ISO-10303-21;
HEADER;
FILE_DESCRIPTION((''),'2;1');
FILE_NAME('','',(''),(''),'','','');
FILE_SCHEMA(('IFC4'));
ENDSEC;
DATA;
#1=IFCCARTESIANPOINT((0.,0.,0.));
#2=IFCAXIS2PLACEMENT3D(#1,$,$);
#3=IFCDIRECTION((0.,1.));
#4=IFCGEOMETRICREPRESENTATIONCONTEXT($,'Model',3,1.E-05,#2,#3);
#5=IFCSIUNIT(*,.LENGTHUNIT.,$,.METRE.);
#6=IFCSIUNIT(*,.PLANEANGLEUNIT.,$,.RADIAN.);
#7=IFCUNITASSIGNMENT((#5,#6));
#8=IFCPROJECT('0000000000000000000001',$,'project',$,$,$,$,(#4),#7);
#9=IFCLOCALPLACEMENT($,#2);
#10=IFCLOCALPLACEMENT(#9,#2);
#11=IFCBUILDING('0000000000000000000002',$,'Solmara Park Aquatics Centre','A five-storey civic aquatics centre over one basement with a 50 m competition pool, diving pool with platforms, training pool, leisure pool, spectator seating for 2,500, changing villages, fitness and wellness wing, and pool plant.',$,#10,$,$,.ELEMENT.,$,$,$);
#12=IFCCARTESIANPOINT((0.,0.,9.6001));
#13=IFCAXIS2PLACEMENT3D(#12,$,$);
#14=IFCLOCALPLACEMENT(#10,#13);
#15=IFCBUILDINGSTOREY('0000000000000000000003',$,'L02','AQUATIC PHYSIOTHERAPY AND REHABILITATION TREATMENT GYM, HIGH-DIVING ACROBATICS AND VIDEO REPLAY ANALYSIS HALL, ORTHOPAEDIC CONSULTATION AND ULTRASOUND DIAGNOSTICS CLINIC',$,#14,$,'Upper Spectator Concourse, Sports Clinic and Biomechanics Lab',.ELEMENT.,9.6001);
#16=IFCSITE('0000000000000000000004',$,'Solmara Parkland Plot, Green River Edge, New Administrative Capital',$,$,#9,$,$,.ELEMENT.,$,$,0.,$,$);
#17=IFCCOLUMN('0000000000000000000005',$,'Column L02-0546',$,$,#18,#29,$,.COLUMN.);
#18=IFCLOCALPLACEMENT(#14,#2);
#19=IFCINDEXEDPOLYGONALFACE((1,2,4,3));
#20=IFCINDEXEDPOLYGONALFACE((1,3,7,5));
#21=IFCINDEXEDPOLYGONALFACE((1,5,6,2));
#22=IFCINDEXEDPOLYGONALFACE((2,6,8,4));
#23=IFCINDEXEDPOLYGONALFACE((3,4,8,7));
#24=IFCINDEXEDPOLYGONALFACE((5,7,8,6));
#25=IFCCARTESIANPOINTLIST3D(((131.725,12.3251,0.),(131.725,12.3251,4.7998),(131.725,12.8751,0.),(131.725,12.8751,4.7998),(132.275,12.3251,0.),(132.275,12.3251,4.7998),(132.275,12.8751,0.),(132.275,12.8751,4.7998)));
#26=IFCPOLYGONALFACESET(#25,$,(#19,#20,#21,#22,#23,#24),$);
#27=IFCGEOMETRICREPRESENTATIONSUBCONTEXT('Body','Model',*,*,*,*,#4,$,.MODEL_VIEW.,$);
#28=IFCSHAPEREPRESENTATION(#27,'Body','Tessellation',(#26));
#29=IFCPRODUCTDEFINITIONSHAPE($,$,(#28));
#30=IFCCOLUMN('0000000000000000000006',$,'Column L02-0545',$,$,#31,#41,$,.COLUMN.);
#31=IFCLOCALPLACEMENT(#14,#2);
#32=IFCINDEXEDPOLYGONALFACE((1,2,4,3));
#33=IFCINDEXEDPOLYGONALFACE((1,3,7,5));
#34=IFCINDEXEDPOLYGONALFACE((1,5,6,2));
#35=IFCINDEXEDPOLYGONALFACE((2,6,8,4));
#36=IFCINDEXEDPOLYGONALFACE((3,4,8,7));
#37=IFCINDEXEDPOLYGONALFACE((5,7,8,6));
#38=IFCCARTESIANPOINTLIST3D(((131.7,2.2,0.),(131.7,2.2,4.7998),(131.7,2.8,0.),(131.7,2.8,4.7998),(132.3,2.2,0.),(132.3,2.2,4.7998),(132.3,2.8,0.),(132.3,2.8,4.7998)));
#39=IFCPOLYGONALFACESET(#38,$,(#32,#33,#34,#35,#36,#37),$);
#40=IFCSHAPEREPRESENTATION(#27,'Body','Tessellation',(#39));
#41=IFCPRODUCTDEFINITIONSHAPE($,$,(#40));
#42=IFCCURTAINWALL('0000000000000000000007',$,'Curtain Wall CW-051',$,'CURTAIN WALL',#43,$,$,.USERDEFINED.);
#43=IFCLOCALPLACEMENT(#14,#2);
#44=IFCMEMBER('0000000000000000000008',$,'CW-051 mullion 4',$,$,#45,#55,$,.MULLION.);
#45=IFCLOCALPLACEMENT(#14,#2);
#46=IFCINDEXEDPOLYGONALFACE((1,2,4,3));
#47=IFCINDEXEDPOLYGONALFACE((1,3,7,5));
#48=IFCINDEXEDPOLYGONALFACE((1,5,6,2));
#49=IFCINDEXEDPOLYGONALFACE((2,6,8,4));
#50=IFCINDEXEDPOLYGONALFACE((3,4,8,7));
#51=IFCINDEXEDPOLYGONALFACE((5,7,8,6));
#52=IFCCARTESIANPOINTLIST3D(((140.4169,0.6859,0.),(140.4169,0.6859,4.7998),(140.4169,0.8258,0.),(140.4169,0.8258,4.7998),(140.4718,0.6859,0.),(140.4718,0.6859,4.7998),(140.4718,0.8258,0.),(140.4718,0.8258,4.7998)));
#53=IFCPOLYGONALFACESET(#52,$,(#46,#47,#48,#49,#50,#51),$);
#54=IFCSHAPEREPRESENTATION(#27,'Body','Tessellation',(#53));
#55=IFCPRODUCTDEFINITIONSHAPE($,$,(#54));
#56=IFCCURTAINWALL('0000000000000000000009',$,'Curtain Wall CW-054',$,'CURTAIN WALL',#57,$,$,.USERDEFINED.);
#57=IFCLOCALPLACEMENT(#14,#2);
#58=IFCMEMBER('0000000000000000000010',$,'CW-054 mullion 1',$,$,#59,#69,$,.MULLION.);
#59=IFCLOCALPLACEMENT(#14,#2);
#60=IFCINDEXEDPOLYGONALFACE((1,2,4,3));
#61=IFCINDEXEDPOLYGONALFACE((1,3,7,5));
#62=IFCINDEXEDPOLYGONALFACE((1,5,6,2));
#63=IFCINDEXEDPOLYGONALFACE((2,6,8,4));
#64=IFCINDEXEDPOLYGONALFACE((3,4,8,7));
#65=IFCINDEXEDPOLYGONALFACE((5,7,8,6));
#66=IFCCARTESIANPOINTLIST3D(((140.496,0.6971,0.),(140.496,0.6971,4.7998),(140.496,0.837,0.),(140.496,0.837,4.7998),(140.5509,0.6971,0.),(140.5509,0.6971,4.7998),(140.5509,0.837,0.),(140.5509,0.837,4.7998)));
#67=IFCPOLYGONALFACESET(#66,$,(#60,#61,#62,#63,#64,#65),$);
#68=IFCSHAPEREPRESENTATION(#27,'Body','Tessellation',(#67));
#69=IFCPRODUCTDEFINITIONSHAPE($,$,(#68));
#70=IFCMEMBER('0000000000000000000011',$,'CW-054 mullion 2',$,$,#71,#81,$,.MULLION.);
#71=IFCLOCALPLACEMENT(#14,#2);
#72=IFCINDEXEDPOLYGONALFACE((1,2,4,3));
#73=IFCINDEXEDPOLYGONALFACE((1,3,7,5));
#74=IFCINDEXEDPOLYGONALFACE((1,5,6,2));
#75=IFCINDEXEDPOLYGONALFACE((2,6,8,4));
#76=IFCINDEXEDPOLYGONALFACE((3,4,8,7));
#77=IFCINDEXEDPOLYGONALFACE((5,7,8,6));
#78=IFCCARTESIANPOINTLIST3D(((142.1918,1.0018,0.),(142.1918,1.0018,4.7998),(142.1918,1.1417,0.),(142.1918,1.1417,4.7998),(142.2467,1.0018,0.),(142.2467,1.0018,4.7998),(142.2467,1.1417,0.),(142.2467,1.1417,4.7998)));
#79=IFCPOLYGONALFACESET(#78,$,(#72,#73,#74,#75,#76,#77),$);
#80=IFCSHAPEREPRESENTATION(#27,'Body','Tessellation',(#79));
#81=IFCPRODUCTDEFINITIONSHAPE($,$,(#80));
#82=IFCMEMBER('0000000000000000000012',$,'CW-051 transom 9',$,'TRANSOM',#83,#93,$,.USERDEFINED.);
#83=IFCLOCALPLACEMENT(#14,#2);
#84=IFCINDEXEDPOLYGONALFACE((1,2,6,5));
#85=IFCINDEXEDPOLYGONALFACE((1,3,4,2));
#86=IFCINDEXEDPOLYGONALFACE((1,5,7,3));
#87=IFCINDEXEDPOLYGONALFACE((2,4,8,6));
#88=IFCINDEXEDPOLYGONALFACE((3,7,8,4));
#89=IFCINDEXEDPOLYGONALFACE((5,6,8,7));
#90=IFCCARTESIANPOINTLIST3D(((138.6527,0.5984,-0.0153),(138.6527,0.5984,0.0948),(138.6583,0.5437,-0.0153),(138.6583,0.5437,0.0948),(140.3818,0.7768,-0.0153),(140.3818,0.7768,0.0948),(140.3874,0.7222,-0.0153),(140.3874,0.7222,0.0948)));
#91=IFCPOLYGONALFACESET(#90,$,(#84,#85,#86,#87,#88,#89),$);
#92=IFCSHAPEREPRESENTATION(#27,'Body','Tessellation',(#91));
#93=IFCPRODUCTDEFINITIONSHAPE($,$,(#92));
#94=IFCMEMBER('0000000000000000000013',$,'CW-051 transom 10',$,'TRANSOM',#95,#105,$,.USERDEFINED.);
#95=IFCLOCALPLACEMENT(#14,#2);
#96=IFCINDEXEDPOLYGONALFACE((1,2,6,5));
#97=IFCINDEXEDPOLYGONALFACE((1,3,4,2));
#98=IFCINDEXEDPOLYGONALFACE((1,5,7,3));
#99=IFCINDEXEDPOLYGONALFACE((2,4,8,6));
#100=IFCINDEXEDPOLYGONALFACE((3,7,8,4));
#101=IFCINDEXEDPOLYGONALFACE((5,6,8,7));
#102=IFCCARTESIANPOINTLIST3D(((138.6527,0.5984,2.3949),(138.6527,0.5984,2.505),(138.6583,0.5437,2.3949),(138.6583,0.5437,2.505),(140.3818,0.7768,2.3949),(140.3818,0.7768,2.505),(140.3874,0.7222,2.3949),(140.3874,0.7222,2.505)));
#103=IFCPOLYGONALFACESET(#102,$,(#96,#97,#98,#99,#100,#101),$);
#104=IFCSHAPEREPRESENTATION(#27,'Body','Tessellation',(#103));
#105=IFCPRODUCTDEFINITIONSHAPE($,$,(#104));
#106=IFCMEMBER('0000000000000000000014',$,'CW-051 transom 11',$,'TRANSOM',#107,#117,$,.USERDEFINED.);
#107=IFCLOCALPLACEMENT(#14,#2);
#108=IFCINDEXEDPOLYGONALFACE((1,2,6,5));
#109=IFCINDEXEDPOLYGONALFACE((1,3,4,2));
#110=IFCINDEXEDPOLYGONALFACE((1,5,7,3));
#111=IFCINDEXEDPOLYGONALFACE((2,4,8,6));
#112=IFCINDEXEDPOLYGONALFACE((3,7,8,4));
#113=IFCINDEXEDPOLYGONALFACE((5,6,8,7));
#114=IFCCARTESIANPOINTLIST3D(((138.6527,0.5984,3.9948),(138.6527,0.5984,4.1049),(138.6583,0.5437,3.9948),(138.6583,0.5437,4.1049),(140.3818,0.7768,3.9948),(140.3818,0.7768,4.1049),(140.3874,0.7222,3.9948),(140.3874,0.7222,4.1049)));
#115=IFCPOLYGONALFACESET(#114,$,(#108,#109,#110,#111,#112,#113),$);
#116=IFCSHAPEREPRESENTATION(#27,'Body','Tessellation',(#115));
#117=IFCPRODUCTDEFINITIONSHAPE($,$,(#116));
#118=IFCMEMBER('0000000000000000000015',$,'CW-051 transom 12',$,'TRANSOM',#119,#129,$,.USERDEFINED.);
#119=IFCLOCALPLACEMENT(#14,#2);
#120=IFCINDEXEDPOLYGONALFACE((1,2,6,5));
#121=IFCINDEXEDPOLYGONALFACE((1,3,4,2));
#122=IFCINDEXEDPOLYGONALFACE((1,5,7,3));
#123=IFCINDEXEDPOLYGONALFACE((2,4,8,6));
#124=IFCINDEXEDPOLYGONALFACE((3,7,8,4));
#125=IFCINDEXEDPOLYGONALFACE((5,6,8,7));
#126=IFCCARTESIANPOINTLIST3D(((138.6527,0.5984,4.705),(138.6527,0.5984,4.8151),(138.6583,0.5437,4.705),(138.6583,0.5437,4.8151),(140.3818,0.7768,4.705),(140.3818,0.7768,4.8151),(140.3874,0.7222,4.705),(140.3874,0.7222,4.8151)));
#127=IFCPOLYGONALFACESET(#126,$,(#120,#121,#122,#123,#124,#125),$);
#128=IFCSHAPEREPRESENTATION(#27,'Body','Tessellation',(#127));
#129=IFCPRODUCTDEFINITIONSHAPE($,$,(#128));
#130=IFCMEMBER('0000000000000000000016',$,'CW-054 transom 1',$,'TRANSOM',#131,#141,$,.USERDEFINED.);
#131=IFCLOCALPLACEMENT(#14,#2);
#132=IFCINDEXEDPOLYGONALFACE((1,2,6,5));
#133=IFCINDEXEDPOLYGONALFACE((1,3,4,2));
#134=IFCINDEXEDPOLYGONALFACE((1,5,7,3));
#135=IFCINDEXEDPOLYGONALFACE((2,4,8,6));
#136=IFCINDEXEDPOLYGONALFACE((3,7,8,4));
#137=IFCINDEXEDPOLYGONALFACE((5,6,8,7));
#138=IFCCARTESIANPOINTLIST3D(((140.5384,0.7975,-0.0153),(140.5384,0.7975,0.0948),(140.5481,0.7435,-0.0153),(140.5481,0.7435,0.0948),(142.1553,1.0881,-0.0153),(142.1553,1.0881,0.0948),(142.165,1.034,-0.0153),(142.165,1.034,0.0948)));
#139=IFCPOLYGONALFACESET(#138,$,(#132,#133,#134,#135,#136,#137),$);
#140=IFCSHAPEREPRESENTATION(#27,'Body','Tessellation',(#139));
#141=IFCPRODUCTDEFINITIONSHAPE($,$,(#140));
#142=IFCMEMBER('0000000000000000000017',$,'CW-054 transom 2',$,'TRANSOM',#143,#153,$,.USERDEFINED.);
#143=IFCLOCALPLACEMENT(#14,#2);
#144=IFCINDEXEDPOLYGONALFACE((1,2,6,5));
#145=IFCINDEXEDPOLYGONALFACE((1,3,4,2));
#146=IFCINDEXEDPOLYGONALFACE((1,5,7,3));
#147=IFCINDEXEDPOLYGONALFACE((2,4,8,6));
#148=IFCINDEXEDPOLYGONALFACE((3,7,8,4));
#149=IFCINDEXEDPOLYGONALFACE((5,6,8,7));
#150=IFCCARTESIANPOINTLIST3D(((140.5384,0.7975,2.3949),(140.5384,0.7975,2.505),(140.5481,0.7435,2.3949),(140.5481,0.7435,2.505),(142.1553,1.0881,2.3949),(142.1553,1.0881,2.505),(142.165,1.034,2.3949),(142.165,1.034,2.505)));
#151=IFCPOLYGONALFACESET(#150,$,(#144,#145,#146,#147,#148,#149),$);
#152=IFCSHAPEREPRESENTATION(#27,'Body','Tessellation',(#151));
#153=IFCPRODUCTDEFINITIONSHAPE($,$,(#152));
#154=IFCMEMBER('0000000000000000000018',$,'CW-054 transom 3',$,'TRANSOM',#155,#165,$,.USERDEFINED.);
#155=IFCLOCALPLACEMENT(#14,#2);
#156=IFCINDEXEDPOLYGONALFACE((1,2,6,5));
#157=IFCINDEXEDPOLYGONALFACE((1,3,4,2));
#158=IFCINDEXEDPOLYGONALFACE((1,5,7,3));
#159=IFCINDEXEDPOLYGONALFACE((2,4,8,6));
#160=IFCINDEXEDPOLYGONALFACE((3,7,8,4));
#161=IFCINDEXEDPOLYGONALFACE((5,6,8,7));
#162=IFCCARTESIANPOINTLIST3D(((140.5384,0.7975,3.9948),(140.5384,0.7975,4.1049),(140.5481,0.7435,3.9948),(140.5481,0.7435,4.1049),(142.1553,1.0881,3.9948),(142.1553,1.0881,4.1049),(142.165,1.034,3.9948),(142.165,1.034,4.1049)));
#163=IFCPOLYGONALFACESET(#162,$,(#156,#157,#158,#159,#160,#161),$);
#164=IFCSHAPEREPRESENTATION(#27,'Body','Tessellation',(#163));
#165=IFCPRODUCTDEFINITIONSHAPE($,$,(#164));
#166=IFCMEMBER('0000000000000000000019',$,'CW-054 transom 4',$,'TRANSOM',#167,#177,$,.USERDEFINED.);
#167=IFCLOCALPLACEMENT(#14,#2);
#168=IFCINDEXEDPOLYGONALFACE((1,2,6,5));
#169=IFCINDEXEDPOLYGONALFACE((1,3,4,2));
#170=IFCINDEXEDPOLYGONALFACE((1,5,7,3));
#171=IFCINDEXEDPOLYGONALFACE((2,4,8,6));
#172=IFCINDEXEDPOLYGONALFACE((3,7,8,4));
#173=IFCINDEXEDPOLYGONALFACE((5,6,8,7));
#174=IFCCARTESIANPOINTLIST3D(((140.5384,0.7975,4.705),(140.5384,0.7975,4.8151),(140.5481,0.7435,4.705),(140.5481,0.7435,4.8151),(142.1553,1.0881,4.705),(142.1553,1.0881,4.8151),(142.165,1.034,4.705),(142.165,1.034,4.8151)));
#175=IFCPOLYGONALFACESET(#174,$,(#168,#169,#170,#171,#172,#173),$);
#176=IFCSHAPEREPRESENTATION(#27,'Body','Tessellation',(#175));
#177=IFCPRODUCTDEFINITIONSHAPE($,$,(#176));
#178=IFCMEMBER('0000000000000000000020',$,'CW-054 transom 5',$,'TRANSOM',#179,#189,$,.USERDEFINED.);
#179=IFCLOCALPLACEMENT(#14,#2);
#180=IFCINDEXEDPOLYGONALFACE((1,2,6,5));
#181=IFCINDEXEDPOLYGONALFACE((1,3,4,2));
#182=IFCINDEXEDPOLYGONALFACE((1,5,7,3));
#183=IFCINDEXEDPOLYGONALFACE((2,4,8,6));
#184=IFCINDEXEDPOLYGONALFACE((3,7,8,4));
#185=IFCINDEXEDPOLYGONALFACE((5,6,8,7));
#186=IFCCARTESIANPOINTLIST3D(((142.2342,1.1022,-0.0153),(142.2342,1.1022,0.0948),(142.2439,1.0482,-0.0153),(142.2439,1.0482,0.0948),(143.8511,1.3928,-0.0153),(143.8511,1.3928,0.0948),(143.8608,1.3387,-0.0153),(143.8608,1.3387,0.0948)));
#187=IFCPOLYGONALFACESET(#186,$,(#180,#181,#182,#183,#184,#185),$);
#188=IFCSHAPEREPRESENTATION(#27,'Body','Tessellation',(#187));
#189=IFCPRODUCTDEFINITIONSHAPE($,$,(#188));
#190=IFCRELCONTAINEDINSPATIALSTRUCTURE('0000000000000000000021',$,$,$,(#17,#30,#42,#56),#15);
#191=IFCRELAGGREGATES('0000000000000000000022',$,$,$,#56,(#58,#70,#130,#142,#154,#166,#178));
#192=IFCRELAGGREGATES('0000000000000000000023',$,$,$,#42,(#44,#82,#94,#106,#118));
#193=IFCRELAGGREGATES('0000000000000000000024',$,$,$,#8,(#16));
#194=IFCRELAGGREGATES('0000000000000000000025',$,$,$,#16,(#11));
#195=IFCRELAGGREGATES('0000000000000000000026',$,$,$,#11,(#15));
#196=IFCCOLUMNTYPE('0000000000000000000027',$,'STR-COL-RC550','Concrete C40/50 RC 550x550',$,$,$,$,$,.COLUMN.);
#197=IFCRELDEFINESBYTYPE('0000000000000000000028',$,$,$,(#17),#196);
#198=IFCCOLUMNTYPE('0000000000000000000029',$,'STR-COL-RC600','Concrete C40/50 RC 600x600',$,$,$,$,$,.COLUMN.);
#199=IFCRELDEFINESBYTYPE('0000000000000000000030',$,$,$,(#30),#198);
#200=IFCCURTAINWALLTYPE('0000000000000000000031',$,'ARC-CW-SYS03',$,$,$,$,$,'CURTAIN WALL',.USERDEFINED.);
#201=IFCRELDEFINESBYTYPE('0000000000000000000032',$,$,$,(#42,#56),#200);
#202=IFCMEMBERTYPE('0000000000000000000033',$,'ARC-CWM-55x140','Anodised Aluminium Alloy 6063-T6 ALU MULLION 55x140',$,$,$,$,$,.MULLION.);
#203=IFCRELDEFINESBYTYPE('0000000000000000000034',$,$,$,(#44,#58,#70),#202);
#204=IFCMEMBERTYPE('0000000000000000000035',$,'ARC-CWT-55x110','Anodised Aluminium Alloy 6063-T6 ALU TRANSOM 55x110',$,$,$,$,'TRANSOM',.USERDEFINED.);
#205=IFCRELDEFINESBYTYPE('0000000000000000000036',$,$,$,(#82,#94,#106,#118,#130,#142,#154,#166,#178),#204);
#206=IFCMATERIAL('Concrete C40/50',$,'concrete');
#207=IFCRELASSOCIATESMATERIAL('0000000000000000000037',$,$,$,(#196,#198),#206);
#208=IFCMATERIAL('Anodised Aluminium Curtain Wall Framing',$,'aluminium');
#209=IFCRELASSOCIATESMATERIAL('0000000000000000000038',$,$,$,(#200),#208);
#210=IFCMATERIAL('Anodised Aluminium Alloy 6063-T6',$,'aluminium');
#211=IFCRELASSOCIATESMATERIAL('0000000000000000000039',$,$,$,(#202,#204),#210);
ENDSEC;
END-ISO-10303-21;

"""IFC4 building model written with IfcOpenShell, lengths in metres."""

from ifc_helpers import new_model, si_unit, direction, frame, origin, origin_2d, place, context, subcontext, project, spatial, rectangle, extrude, material, material_profile, profile_set, type_object, element, aggregate, save


model = new_model("IFC4")

# Units and contexts
model_context = context("Model", 3, precision=1e-05, world=origin(), true_north=direction((0.0, 1.0)))
body_context = subcontext(model_context, "Body", "Model", "MODEL_VIEW")
ifc_project = project(units=[si_unit("LENGTHUNIT", "METRE"), si_unit("PLANEANGLEUNIT", "RADIAN")], contexts=[model_context])

# Site, building, storey
site_placement = place(None, origin())
site = spatial("IfcSite", under=ifc_project, at=site_placement, Name="Solmara Parkland Plot, Green River Edge, New Administrative Capital", CompositionType="ELEMENT", RefElevation=0.0)
building_placement = place(site_placement, origin())
building = spatial("IfcBuilding", under=site, at=building_placement, Name="Solmara Park Aquatics Centre", Description="A five-storey civic aquatics centre over one basement with a 50 m competition pool, diving pool with platforms, training pool, leisure pool, spectator seating for 2,500, changing villages, fitness and wellness wing, and pool plant.", CompositionType="ELEMENT")
storey_placement = place(building_placement, frame((0.0, 0.0, 9.6001)))
storey = spatial("IfcBuildingStorey", under=building, at=storey_placement, Name="L02", Description="AQUATIC PHYSIOTHERAPY AND REHABILITATION TREATMENT GYM, HIGH-DIVING ACROBATICS AND VIDEO REPLAY ANALYSIS HALL, ORTHOPAEDIC CONSULTATION AND ULTRASOUND DIAGNOSTICS CLINIC", LongName="Upper Spectator Concourse, Sports Clinic and Biomechanics Lab", CompositionType="ELEMENT", Elevation=9.6001)

# Columns
ifc_material_1 = material(Name="Concrete C40/50", Category="concrete")
ifc_material_profile_1 = material_profile(ifc_material_1, rectangle(XDim=0.55, YDim=0.55, at=origin_2d()), Name="RC 550x550")
ifc_profile_set_1 = profile_set([ifc_material_profile_1], Name="Concrete C40/50")
column_type_1 = type_object("IfcColumnType", Name="STR-COL-RC550", Description="Concrete C40/50 RC 550x550", PredefinedType="COLUMN", material=ifc_profile_set_1)
column_1_placement = place(storey_placement, frame((132.0, 12.6001, 0.0), z_axis=(0.0, 0.0, 1.0), x_axis=(1.0, 0.0, 0.0)))
element("IfcColumn", 1, at=column_1_placement, inside=storey, type_object=column_type_1, Name="Column L02-0546", PredefinedType="COLUMN", context=body_context, shape_type="SweptSolid", body=[
    extrude(rectangle(XDim=0.55, YDim=0.55, at=origin_2d()), origin(), (0.0, 0.0, 1.0), 4.7998),
])
ifc_material_profile_2 = material_profile(ifc_material_1, rectangle(XDim=0.6001, YDim=0.6001, at=origin_2d()), Name="RC 600x600")
ifc_profile_set_2 = profile_set([ifc_material_profile_2], Name="Concrete C40/50")
column_type_2 = type_object("IfcColumnType", Name="STR-COL-RC600", Description="Concrete C40/50 RC 600x600", PredefinedType="COLUMN", material=ifc_profile_set_2)
column_2_placement = place(storey_placement, frame((132.0, 2.5, 0.0), z_axis=(0.0, 0.0, 1.0), x_axis=(1.0, 0.0, 0.0)))
element("IfcColumn", 2, at=column_2_placement, inside=storey, type_object=column_type_2, Name="Column L02-0545", PredefinedType="COLUMN", context=body_context, shape_type="SweptSolid", body=[
    extrude(rectangle(XDim=0.6001, YDim=0.6001, at=origin_2d()), origin(), (0.0, 0.0, 1.0), 4.7998),
])

# Curtain wall, member
ifc_material_2 = material(Name="Anodised Aluminium Curtain Wall Framing", Category="aluminium")
curtain_wall_type = type_object("IfcCurtainWallType", Name="ARC-CW-SYS03", ElementType="CURTAIN WALL", PredefinedType="USERDEFINED", material=ifc_material_2)
curtain_wall_1_placement = place(storey_placement, origin())
curtain_wall_1 = element("IfcCurtainWall", 3, at=curtain_wall_1_placement, inside=storey, type_object=curtain_wall_type, Name="Curtain Wall CW-051", ObjectType="CURTAIN WALL", PredefinedType="USERDEFINED")
ifc_material_3 = material(Name="Anodised Aluminium Alloy 6063-T6", Category="aluminium")
ifc_material_profile_3 = material_profile(ifc_material_3, rectangle(XDim=0.0549, YDim=0.1399, at=origin_2d()), Name="ALU MULLION 55x140")
ifc_profile_set_3 = profile_set([ifc_material_profile_3], Name="Anodised Aluminium Alloy 6063-T6")
member_type_1 = type_object("IfcMemberType", Name="ARC-CWM-55x140", Description="Anodised Aluminium Alloy 6063-T6 ALU MULLION 55x140", PredefinedType="MULLION", material=ifc_profile_set_3)
member_1_placement = place(storey_placement, frame((140.4443, 0.7559, 0.0), z_axis=(0.0, 0.0, 1.0), x_axis=(1.0, 0.0, 0.0)))
member_1 = element("IfcMember", 4, at=member_1_placement, type_object=member_type_1, Name="CW-051 mullion 4", PredefinedType="MULLION", context=body_context, shape_type="SweptSolid", body=[
    extrude(rectangle(XDim=0.0549, YDim=0.1399, at=origin_2d()), origin(), (0.0, 0.0, 1.0), 4.7998),
])

# Curtain wall, members
curtain_wall_2_placement = place(storey_placement, origin())
curtain_wall_2 = element("IfcCurtainWall", 5, at=curtain_wall_2_placement, inside=storey, type_object=curtain_wall_type, Name="Curtain Wall CW-054", ObjectType="CURTAIN WALL", PredefinedType="USERDEFINED")
member_2_placement = place(storey_placement, frame((140.5234, 0.7671, 0.0), z_axis=(0.0, 0.0, 1.0), x_axis=(1.0, 0.0, 0.0)))
member_2 = element("IfcMember", 6, at=member_2_placement, type_object=member_type_1, Name="CW-054 mullion 1", PredefinedType="MULLION", context=body_context, shape_type="SweptSolid", body=[
    extrude(rectangle(XDim=0.0549, YDim=0.1399, at=origin_2d()), origin(), (0.0, 0.0, 1.0), 4.7998),
])
member_3_placement = place(storey_placement, frame((142.2192, 1.0718, 0.0), z_axis=(0.0, 0.0, 1.0), x_axis=(1.0, 0.0, 0.0)))
member_3 = element("IfcMember", 7, at=member_3_placement, type_object=member_type_1, Name="CW-054 mullion 2", PredefinedType="MULLION", context=body_context, shape_type="SweptSolid", body=[
    extrude(rectangle(XDim=0.0549, YDim=0.1399, at=origin_2d()), origin(), (0.0, 0.0, 1.0), 4.7998),
])

# Members
ifc_material_profile_4 = material_profile(ifc_material_3, rectangle(XDim=0.0549, YDim=0.1101, at=origin_2d()), Name="ALU TRANSOM 55x110")
ifc_profile_set_4 = profile_set([ifc_material_profile_4], Name="Anodised Aluminium Alloy 6063-T6")
member_type_2 = type_object("IfcMemberType", Name="ARC-CWT-55x110", Description="Anodised Aluminium Alloy 6063-T6 ALU TRANSOM 55x110", ElementType="TRANSOM", PredefinedType="USERDEFINED", material=ifc_profile_set_4)
member_4_placement = place(storey_placement, frame((138.6555, 0.571, 0.0398), z_axis=(0.994715, 0.102674, 0.0), x_axis=(-0.102674, 0.994715, 0.0)))
member_4 = element("IfcMember", 8, at=member_4_placement, type_object=member_type_2, Name="CW-051 transom 9", ObjectType="TRANSOM", PredefinedType="USERDEFINED", context=body_context, shape_type="SweptSolid", body=[
    extrude(rectangle(XDim=0.0549, YDim=0.1101, at=origin_2d()), origin(), (0.0, 0.0, 1.0), 1.7383),
])
member_5_placement = place(storey_placement, frame((138.6555, 0.571, 2.45), z_axis=(0.994715, 0.102674, 0.0), x_axis=(-0.102674, 0.994715, 0.0)))
member_5 = element("IfcMember", 9, at=member_5_placement, type_object=member_type_2, Name="CW-051 transom 10", ObjectType="TRANSOM", PredefinedType="USERDEFINED", context=body_context, shape_type="SweptSolid", body=[
    extrude(rectangle(XDim=0.0549, YDim=0.1101, at=origin_2d()), origin(), (0.0, 0.0, 1.0), 1.7383),
])
member_6_placement = place(storey_placement, frame((138.6555, 0.571, 4.0498), z_axis=(0.994715, 0.102674, 0.0), x_axis=(-0.102674, 0.994715, 0.0)))
member_6 = element("IfcMember", 10, at=member_6_placement, type_object=member_type_2, Name="CW-051 transom 11", ObjectType="TRANSOM", PredefinedType="USERDEFINED", context=body_context, shape_type="SweptSolid", body=[
    extrude(rectangle(XDim=0.0549, YDim=0.1101, at=origin_2d()), origin(), (0.0, 0.0, 1.0), 1.7383),
])
member_7_placement = place(storey_placement, frame((138.6555, 0.571, 4.76), z_axis=(0.994715, 0.102674, 0.0), x_axis=(-0.102674, 0.994715, 0.0)))
member_7 = element("IfcMember", 11, at=member_7_placement, type_object=member_type_2, Name="CW-051 transom 12", ObjectType="TRANSOM", PredefinedType="USERDEFINED", context=body_context, shape_type="SweptSolid", body=[
    extrude(rectangle(XDim=0.0549, YDim=0.1101, at=origin_2d()), origin(), (0.0, 0.0, 1.0), 1.7383),
])
member_8_placement = place(storey_placement, frame((140.5432, 0.7705, 0.0398), z_axis=(0.984239, 0.176845, 0.0), x_axis=(-0.176845, 0.984239, 0.0)))
member_8 = element("IfcMember", 12, at=member_8_placement, type_object=member_type_2, Name="CW-054 transom 1", ObjectType="TRANSOM", PredefinedType="USERDEFINED", context=body_context, shape_type="SweptSolid", body=[
    extrude(rectangle(XDim=0.0549, YDim=0.1101, at=origin_2d()), origin(), (0.0, 0.0, 1.0), 1.6428),
])
member_9_placement = place(storey_placement, frame((140.5432, 0.7705, 2.45), z_axis=(0.984239, 0.176845, 0.0), x_axis=(-0.176845, 0.984239, 0.0)))
member_9 = element("IfcMember", 13, at=member_9_placement, type_object=member_type_2, Name="CW-054 transom 2", ObjectType="TRANSOM", PredefinedType="USERDEFINED", context=body_context, shape_type="SweptSolid", body=[
    extrude(rectangle(XDim=0.0549, YDim=0.1101, at=origin_2d()), origin(), (0.0, 0.0, 1.0), 1.6428),
])
member_10_placement = place(storey_placement, frame((140.5432, 0.7705, 4.0498), z_axis=(0.984239, 0.176845, 0.0), x_axis=(-0.176845, 0.984239, 0.0)))
member_10 = element("IfcMember", 14, at=member_10_placement, type_object=member_type_2, Name="CW-054 transom 3", ObjectType="TRANSOM", PredefinedType="USERDEFINED", context=body_context, shape_type="SweptSolid", body=[
    extrude(rectangle(XDim=0.0549, YDim=0.1101, at=origin_2d()), origin(), (0.0, 0.0, 1.0), 1.6428),
])
member_11_placement = place(storey_placement, frame((140.5432, 0.7705, 4.76), z_axis=(0.984239, 0.176845, 0.0), x_axis=(-0.176845, 0.984239, 0.0)))
member_11 = element("IfcMember", 15, at=member_11_placement, type_object=member_type_2, Name="CW-054 transom 4", ObjectType="TRANSOM", PredefinedType="USERDEFINED", context=body_context, shape_type="SweptSolid", body=[
    extrude(rectangle(XDim=0.0549, YDim=0.1101, at=origin_2d()), origin(), (0.0, 0.0, 1.0), 1.6428),
])
member_12_placement = place(storey_placement, frame((142.239, 1.0752, 0.0398), z_axis=(0.984239, 0.176845, 0.0), x_axis=(-0.176845, 0.984239, 0.0)))
member_12 = element("IfcMember", 16, at=member_12_placement, type_object=member_type_2, Name="CW-054 transom 5", ObjectType="TRANSOM", PredefinedType="USERDEFINED", context=body_context, shape_type="SweptSolid", body=[
    extrude(rectangle(XDim=0.0549, YDim=0.1101, at=origin_2d()), origin(), (0.0, 0.0, 1.0), 1.6428),
])

aggregate(curtain_wall_2, [member_2, member_3, member_8, member_9, member_10, member_11, member_12])
aggregate(curtain_wall_1, [member_1, member_4, member_5, member_6, member_7])

save(model, "model.ifc")
